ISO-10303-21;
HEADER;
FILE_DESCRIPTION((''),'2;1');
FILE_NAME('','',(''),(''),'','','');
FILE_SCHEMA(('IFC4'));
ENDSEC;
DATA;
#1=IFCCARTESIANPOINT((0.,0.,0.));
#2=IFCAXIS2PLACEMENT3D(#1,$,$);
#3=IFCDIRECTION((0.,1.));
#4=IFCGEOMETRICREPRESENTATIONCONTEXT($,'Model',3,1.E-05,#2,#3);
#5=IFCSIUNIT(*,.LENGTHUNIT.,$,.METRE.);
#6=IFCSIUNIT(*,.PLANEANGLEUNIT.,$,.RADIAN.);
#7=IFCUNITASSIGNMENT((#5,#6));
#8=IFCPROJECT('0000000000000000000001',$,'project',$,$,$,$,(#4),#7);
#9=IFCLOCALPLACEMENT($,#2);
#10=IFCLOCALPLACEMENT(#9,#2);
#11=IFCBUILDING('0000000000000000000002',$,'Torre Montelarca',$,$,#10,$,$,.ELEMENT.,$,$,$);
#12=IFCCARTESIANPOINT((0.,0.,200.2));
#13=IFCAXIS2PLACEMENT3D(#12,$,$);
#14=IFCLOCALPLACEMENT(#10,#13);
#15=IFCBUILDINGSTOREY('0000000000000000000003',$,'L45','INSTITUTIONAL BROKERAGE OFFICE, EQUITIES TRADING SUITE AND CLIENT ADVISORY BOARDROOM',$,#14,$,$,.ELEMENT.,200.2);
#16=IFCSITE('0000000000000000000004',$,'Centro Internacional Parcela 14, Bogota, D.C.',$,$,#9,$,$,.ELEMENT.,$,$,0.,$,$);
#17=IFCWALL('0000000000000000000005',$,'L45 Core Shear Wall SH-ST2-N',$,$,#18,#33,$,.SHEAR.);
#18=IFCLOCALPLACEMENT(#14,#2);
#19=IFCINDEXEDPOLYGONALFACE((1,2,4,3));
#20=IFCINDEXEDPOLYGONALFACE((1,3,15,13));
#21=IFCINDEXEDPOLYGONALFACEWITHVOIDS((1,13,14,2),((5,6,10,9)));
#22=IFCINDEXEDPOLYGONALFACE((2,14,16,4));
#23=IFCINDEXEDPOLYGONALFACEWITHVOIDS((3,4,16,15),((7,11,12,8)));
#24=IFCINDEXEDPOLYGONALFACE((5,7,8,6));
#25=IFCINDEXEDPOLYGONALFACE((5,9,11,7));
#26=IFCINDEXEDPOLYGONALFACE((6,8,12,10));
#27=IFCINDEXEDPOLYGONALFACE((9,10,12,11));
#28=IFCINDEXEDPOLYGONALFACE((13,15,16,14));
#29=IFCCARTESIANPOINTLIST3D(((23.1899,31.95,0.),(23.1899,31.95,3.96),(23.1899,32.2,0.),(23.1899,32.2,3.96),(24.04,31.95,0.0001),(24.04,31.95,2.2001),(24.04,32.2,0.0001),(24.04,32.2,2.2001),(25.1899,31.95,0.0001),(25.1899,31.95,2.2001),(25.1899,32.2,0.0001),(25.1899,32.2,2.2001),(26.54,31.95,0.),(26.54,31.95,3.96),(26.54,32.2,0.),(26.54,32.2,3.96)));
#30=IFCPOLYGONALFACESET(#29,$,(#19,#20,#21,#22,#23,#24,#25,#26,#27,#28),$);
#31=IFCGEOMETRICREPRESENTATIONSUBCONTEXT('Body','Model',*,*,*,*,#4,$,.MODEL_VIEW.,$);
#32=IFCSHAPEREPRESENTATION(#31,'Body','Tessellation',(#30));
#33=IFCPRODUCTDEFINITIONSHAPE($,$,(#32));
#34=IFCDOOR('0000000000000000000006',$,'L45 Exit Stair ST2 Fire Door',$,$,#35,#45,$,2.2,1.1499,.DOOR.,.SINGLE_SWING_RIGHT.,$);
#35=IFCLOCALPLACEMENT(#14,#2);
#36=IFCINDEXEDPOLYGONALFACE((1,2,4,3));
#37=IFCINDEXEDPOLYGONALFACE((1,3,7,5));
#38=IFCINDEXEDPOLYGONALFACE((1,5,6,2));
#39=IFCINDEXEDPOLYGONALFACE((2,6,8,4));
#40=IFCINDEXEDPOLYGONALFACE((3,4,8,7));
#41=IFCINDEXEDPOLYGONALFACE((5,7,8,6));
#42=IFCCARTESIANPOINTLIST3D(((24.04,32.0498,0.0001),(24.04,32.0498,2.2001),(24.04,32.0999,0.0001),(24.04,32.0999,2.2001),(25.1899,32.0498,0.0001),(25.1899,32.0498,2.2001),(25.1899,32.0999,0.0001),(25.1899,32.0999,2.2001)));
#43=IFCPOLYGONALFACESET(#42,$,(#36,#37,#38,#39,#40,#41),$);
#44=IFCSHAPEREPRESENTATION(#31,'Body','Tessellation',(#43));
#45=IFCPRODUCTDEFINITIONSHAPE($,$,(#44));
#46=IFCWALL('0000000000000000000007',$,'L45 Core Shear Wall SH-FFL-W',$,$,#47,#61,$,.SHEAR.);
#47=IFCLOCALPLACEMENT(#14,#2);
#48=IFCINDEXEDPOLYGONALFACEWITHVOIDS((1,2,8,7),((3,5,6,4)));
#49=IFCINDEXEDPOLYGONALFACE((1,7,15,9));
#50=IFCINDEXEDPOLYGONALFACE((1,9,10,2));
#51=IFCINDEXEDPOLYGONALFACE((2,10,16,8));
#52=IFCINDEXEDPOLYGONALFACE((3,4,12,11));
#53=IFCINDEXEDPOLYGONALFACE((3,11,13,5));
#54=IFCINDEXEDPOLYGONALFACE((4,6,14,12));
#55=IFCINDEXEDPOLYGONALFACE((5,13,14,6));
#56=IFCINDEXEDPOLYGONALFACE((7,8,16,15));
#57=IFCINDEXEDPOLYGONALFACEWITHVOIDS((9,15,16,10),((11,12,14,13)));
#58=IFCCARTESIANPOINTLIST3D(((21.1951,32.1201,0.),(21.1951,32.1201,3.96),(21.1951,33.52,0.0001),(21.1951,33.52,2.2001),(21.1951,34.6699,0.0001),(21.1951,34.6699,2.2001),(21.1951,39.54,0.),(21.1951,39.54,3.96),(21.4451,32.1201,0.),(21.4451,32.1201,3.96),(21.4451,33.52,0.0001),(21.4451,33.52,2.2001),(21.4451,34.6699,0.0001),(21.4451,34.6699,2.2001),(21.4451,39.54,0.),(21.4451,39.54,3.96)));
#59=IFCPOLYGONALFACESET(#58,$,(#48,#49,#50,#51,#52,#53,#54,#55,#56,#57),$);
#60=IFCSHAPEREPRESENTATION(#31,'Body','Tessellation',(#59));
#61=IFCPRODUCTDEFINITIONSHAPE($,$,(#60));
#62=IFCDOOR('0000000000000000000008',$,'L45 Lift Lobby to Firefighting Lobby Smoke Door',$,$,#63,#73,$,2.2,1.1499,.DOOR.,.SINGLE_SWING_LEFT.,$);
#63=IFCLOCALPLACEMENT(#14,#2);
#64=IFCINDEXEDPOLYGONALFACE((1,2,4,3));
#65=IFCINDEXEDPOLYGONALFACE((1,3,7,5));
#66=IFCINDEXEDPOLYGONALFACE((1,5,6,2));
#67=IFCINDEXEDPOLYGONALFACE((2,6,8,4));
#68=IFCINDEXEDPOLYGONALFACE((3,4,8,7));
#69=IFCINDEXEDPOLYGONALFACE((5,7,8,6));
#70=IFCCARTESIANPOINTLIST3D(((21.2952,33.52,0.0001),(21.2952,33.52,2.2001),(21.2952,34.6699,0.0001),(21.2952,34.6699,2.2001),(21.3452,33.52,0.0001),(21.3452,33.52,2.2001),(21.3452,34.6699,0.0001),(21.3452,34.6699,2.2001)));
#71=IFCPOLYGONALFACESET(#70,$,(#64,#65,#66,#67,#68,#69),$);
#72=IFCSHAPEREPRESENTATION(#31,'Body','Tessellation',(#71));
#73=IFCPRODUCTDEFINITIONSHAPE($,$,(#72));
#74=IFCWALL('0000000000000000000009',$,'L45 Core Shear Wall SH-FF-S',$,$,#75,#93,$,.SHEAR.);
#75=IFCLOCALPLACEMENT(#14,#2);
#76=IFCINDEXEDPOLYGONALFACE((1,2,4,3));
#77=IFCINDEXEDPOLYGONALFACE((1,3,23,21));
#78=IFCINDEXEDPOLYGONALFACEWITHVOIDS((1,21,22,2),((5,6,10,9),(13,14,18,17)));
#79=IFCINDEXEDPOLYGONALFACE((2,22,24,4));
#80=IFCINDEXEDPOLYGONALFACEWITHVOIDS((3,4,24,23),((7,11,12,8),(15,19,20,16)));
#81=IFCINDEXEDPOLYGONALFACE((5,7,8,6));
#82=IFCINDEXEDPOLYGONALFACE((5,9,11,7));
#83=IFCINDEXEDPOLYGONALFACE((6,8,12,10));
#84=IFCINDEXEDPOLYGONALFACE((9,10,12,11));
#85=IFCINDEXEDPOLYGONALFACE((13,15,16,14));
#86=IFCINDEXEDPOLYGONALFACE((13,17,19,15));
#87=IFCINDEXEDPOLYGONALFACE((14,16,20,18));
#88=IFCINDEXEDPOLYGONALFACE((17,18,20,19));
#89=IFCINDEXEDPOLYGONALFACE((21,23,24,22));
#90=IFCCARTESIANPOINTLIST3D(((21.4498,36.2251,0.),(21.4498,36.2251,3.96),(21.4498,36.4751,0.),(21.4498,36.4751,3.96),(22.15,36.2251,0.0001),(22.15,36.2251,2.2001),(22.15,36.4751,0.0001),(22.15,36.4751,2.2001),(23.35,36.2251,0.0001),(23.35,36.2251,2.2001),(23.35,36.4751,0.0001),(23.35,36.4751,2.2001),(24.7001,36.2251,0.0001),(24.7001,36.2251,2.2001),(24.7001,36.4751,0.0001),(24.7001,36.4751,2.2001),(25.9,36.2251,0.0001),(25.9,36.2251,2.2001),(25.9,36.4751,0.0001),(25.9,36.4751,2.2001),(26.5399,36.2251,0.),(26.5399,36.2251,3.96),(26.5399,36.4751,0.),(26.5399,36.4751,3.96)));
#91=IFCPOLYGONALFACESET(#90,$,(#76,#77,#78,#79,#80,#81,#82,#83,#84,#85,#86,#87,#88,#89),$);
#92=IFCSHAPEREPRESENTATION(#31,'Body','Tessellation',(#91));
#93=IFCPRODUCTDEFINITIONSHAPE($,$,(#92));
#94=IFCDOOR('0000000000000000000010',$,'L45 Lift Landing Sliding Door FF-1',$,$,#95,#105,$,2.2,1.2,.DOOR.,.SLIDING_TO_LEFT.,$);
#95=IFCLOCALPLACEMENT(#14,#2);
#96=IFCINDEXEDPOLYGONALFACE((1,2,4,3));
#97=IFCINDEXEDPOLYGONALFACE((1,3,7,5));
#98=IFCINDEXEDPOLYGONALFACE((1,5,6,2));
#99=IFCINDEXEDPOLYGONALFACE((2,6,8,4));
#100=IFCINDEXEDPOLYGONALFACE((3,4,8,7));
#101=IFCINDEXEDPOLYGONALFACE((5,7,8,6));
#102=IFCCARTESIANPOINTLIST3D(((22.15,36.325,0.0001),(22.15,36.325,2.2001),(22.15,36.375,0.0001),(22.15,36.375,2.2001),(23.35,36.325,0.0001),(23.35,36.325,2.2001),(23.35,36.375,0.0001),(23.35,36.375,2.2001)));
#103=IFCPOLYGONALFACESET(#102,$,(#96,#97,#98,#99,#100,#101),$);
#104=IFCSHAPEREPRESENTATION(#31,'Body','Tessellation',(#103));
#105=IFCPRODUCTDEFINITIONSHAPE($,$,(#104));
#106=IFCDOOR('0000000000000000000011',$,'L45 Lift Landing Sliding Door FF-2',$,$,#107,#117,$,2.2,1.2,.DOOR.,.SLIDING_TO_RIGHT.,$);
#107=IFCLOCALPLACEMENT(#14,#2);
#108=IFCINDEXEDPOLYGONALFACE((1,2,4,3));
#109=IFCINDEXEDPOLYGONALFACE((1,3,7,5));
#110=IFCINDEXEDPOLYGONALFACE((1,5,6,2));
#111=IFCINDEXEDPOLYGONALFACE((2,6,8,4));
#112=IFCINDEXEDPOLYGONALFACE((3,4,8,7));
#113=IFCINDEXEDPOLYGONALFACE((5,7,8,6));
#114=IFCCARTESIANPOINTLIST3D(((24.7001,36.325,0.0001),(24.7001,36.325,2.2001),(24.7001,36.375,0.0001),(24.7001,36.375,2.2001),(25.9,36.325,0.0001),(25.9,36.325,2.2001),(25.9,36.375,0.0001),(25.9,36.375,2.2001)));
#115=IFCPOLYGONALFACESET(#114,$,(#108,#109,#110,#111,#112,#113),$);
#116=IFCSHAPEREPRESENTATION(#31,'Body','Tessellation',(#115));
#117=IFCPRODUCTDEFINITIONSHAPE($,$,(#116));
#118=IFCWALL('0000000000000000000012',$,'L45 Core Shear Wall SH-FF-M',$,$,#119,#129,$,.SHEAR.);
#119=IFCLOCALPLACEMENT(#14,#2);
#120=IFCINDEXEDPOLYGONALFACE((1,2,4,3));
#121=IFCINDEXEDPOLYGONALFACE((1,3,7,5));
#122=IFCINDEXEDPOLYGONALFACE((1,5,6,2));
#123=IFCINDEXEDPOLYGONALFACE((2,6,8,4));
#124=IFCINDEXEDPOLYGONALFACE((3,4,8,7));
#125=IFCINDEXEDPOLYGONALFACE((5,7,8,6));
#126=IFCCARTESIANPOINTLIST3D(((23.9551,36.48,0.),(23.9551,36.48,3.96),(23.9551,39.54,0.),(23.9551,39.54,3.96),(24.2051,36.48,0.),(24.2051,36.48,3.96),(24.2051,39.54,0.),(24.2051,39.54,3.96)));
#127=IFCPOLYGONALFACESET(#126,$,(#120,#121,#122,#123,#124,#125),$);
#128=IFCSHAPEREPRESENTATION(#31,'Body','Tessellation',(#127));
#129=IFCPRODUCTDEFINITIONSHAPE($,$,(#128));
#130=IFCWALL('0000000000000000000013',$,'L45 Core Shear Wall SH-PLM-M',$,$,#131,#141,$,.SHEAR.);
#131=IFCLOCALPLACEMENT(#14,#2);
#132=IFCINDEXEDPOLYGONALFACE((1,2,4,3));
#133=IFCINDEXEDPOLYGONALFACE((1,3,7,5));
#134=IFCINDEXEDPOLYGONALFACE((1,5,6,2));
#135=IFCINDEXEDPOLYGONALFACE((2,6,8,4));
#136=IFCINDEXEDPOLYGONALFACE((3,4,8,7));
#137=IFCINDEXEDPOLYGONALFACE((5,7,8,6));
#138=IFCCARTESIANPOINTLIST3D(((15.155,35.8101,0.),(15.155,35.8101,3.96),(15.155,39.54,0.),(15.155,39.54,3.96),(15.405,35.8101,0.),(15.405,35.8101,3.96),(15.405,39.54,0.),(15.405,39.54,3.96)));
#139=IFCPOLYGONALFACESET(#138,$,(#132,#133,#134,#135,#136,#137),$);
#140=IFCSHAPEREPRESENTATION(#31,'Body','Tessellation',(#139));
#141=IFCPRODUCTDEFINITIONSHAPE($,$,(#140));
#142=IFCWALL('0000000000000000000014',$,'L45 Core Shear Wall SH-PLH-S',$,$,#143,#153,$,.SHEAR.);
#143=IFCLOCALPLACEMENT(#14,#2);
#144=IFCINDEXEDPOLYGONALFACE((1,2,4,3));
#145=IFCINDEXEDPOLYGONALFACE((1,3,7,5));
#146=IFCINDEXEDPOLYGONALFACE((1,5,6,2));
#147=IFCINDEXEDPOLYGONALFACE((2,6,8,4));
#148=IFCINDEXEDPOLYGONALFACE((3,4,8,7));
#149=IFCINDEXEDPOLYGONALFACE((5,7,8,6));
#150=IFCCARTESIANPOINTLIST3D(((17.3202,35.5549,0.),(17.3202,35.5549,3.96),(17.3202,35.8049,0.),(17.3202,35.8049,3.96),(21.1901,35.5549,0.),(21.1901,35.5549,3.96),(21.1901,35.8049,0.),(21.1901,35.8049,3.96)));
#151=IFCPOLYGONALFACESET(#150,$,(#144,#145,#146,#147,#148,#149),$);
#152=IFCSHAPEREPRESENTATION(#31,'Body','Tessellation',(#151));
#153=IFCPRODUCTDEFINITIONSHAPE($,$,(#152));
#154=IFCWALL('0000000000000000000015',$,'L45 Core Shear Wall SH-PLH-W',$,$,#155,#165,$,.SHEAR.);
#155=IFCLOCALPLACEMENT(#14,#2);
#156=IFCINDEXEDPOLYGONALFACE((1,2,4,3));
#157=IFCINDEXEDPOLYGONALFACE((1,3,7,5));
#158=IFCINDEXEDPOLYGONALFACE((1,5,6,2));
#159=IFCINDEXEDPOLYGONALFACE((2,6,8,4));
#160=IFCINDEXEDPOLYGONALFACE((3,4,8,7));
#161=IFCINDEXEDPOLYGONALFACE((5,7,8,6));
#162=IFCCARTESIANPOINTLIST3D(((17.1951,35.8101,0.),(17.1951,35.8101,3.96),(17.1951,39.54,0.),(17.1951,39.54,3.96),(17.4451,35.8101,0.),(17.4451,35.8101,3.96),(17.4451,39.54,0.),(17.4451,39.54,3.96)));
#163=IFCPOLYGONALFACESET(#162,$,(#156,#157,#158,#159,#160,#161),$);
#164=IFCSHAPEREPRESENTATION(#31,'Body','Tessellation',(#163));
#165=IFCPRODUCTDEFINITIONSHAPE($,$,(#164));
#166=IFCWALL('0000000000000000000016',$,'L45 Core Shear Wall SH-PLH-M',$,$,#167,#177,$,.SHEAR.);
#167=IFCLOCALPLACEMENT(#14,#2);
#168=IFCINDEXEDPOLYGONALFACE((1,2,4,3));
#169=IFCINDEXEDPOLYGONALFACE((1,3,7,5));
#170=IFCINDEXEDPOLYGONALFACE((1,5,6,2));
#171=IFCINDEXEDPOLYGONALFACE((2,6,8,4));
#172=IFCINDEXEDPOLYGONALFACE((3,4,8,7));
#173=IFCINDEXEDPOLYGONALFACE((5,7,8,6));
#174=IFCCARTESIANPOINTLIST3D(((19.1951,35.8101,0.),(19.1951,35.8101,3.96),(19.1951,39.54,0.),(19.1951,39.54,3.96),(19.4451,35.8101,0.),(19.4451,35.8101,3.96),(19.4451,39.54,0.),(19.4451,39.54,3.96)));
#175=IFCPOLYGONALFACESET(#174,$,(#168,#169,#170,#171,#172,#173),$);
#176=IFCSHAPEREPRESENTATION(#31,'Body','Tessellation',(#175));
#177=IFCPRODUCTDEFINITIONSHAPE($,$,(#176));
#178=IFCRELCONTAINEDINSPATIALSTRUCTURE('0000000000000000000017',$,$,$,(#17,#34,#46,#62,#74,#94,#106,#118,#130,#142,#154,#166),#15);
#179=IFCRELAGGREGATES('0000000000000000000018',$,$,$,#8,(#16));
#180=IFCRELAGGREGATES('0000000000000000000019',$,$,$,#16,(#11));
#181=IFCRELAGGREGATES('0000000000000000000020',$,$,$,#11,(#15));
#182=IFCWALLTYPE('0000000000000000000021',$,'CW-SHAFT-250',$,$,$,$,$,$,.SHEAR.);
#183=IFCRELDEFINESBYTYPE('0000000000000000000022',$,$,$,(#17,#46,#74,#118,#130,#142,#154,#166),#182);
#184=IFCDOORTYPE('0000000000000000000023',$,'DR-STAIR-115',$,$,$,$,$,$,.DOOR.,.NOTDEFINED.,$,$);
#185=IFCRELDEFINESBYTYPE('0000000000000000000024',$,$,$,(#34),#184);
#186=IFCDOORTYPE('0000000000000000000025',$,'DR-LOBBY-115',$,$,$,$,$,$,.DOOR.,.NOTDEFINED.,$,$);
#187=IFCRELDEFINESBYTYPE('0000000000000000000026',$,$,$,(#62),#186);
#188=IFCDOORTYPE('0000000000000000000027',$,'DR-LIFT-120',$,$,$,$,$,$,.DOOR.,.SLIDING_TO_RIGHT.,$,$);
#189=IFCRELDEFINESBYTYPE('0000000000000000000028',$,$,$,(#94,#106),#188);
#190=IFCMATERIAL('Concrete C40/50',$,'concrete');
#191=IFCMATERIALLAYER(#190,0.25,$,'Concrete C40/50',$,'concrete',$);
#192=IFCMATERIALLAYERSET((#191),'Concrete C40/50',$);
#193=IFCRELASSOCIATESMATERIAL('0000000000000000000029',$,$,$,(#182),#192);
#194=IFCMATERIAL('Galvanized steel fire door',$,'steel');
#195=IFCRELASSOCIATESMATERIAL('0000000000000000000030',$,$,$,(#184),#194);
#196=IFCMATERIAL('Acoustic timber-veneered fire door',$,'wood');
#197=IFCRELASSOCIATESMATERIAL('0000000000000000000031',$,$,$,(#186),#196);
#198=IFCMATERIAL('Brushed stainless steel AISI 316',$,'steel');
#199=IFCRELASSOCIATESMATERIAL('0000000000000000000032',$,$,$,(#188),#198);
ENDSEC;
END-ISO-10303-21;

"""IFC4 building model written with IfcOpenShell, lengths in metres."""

from ifc_helpers import new_model, si_unit, direction, frame, frame_2d, origin, place, context, subcontext, project, spatial, rectangle, extrude, source, transform, mapped, material, layer, layer_set, type_object, element, fill, save


model = new_model("IFC4")

# Units and contexts
model_context = context("Model", 3, precision=1e-05, world=origin(), true_north=direction((0.0, 1.0)))
body_context = subcontext(model_context, "Body", "Model", "MODEL_VIEW")
ifc_project = project(units=[si_unit("LENGTHUNIT", "METRE"), si_unit("PLANEANGLEUNIT", "RADIAN")], contexts=[model_context])

# Site, building, storey
site_placement = place(None, origin())
site = spatial("IfcSite", under=ifc_project, at=site_placement, Name="Centro Internacional Parcela 14, Bogota, D.C.", CompositionType="ELEMENT", RefElevation=0.0)
building_placement = place(site_placement, origin())
building = spatial("IfcBuilding", under=site, at=building_placement, Name="Torre Montelarca", CompositionType="ELEMENT")
storey_placement = place(building_placement, frame((0.0, 0.0, 200.2)))
storey = spatial("IfcBuildingStorey", under=building, at=storey_placement, Name="L45", Description="INSTITUTIONAL BROKERAGE OFFICE, EQUITIES TRADING SUITE AND CLIENT ADVISORY BOARDROOM", CompositionType="ELEMENT", Elevation=200.2)

# Walls, openings, doors
ifc_material_1 = material(Name="Concrete C40/50", Category="concrete")
ifc_layer_1 = layer(ifc_material_1, 0.25, Name="Concrete C40/50", Category="concrete")
ifc_layer_set_1 = layer_set([ifc_layer_1], Name="Concrete C40/50")
wall_type_1 = type_object("IfcWallType", Name="CW-SHAFT-250", PredefinedType="SHEAR", material=ifc_layer_set_1)
wall_1_placement = place(storey_placement, frame((23.1899, 32.075, 0.0), z_axis=(0.0, 0.0, 1.0), x_axis=(1.0, 0.0, 0.0)))
wall_1 = element("IfcWall", 1, at=wall_1_placement, inside=storey, type_object=wall_type_1, Name="L45 Core Shear Wall SH-ST2-N", PredefinedType="SHEAR", context=body_context, shape_type="SweptSolid", body=[
    extrude(rectangle(XDim=3.3501, YDim=0.25, at=frame_2d((1.675, 0.0))), origin(), (0.0, 0.0, 1.0), 3.96),
])
opening_1_placement = place(wall_1_placement, frame((0.8501, 0.0, 0.0)))
opening_1 = element("IfcOpeningElement", 2, at=opening_1_placement, cuts=wall_1, PredefinedType="OPENING", context=body_context, shape_type="SweptSolid", body=[
    extrude(rectangle(XDim=1.1499, YDim=2.2, at=frame_2d((0.575, 1.1001))), frame((0.0, 0.135, 0.0), z_axis=(0.0, -1.0, 0.0), x_axis=(1.0, 0.0, 0.0)), (0.0, 0.0, 1.0), 0.27),
])
ifc_material_2 = material(Name="Galvanized steel fire door", Category="steel")
door_type_1 = type_object("IfcDoorType", Name="DR-STAIR-115", OperationType="NOTDEFINED", PredefinedType="DOOR", material=ifc_material_2)
shared_shape_1 = source(origin(), body_context, "Body", "SweptSolid", [
    extrude(rectangle(XDim=1.1499, YDim=2.2, at=frame_2d((0.575, 1.1001))), frame((0.0, 0.0249, 0.0), z_axis=(0.0, -1.0, 0.0), x_axis=(1.0, 0.0, 0.0)), (0.0, 0.0, 1.0), 0.05),
])
door_1_placement = place(opening_1_placement, origin())
door_1 = element("IfcDoor", 3, at=door_1_placement, inside=storey, type_object=door_type_1, Name="L45 Exit Stair ST2 Fire Door", OperationType="SINGLE_SWING_RIGHT", OverallHeight=2.2, OverallWidth=1.1499, PredefinedType="DOOR", context=body_context, shape_type="MappedRepresentation", body=[
    mapped(shared_shape_1, transform((0.0, 0.0, 0.0), scale=1.0)),
])
fill(opening_1, door_1)
wall_2_placement = place(storey_placement, frame((21.3201, 32.1201, 0.0), z_axis=(0.0, 0.0, 1.0), x_axis=(0.0, 1.0, 0.0)))
wall_2 = element("IfcWall", 4, at=wall_2_placement, inside=storey, type_object=wall_type_1, Name="L45 Core Shear Wall SH-FFL-W", PredefinedType="SHEAR", context=body_context, shape_type="SweptSolid", body=[
    extrude(rectangle(XDim=7.4199, YDim=0.25, at=frame_2d((3.71, 0.0))), origin(), (0.0, 0.0, 1.0), 3.96),
])
opening_2_placement = place(wall_2_placement, frame((1.3999, 0.0, 0.0)))
opening_2 = element("IfcOpeningElement", 5, at=opening_2_placement, cuts=wall_2, PredefinedType="OPENING", context=body_context, shape_type="SweptSolid", body=[
    extrude(rectangle(XDim=1.1499, YDim=2.2, at=frame_2d((0.575, 1.1001))), frame((0.0, 0.135, 0.0), z_axis=(0.0, -1.0, 0.0), x_axis=(1.0, 0.0, 0.0)), (0.0, 0.0, 1.0), 0.27),
])
ifc_material_3 = material(Name="Acoustic timber-veneered fire door", Category="wood")
door_type_2 = type_object("IfcDoorType", Name="DR-LOBBY-115", OperationType="NOTDEFINED", PredefinedType="DOOR", material=ifc_material_3)
shared_shape_2 = source(origin(), body_context, "Body", "SweptSolid", [
    extrude(rectangle(XDim=1.1499, YDim=2.2, at=frame_2d((0.575, 1.1001))), frame((0.0, 0.0249, 0.0), z_axis=(0.0, -1.0, 0.0), x_axis=(1.0, 0.0, 0.0)), (0.0, 0.0, 1.0), 0.05),
])
door_2_placement = place(opening_2_placement, origin())
door_2 = element("IfcDoor", 6, at=door_2_placement, inside=storey, type_object=door_type_2, Name="L45 Lift Lobby to Firefighting Lobby Smoke Door", OperationType="SINGLE_SWING_LEFT", OverallHeight=2.2, OverallWidth=1.1499, PredefinedType="DOOR", context=body_context, shape_type="MappedRepresentation", body=[
    mapped(shared_shape_2, transform((0.0, 0.0, 0.0), scale=1.0)),
])
fill(opening_2, door_2)

# Wall, openings, doors
wall_3_placement = place(storey_placement, frame((21.45, 36.3501, 0.0), z_axis=(0.0, 0.0, 1.0), x_axis=(1.0, 0.0, 0.0)))
wall_3 = element("IfcWall", 7, at=wall_3_placement, inside=storey, type_object=wall_type_1, Name="L45 Core Shear Wall SH-FF-S", PredefinedType="SHEAR", context=body_context, shape_type="SweptSolid", body=[
    extrude(rectangle(XDim=5.0901, YDim=0.25, at=frame_2d((2.5449, 0.0))), origin(), (0.0, 0.0, 1.0), 3.96),
])
opening_3_placement = place(wall_3_placement, frame((0.7, 0.0, 0.0)))
opening_3 = element("IfcOpeningElement", 8, at=opening_3_placement, cuts=wall_3, PredefinedType="OPENING", context=body_context, shape_type="SweptSolid", body=[
    extrude(rectangle(XDim=1.2, YDim=2.2, at=frame_2d((0.6001, 1.1001))), frame((0.0, 0.135, 0.0), z_axis=(0.0, -1.0, 0.0), x_axis=(1.0, 0.0, 0.0)), (0.0, 0.0, 1.0), 0.27),
])
opening_4_placement = place(wall_3_placement, frame((3.25, 0.0, 0.0)))
opening_4 = element("IfcOpeningElement", 9, at=opening_4_placement, cuts=wall_3, PredefinedType="OPENING", context=body_context, shape_type="SweptSolid", body=[
    extrude(rectangle(XDim=1.2, YDim=2.2, at=frame_2d((0.6001, 1.1001))), frame((0.0, 0.135, 0.0), z_axis=(0.0, -1.0, 0.0), x_axis=(1.0, 0.0, 0.0)), (0.0, 0.0, 1.0), 0.27),
])
ifc_material_4 = material(Name="Brushed stainless steel AISI 316", Category="steel")
door_type_3 = type_object("IfcDoorType", Name="DR-LIFT-120", OperationType="SLIDING_TO_RIGHT", PredefinedType="DOOR", material=ifc_material_4)
shared_shape_3 = source(origin(), body_context, "Body", "SweptSolid", [
    extrude(rectangle(XDim=1.2, YDim=2.2, at=frame_2d((0.6001, 1.1001))), frame((0.0, 0.0249, 0.0), z_axis=(0.0, -1.0, 0.0), x_axis=(1.0, 0.0, 0.0)), (0.0, 0.0, 1.0), 0.05),
])
door_3_placement = place(opening_3_placement, origin())
door_3 = element("IfcDoor", 10, at=door_3_placement, inside=storey, type_object=door_type_3, Name="L45 Lift Landing Sliding Door FF-1", OperationType="SLIDING_TO_LEFT", OverallHeight=2.2, OverallWidth=1.2, PredefinedType="DOOR", context=body_context, shape_type="MappedRepresentation", body=[
    mapped(shared_shape_3, transform((0.0, 0.0, 0.0), scale=1.0)),
])
fill(opening_3, door_3)
door_4_placement = place(opening_4_placement, origin())
door_4 = element("IfcDoor", 11, at=door_4_placement, inside=storey, type_object=door_type_3, Name="L45 Lift Landing Sliding Door FF-2", OperationType="SLIDING_TO_RIGHT", OverallHeight=2.2, OverallWidth=1.2, PredefinedType="DOOR", context=body_context, shape_type="MappedRepresentation", body=[
    mapped(shared_shape_3, transform((0.0, 0.0, 0.0), scale=1.0)),
])
fill(opening_4, door_4)

# Walls
wall_4_placement = place(storey_placement, frame((24.0801, 36.48, 0.0), z_axis=(0.0, 0.0, 1.0), x_axis=(0.0, 1.0, 0.0)))
element("IfcWall", 12, at=wall_4_placement, inside=storey, type_object=wall_type_1, Name="L45 Core Shear Wall SH-FF-M", PredefinedType="SHEAR", context=body_context, shape_type="SweptSolid", body=[
    extrude(rectangle(XDim=3.0601, YDim=0.25, at=frame_2d((1.53, 0.0))), origin(), (0.0, 0.0, 1.0), 3.96),
])
wall_5_placement = place(storey_placement, frame((15.28, 35.8101, 0.0), z_axis=(0.0, 0.0, 1.0), x_axis=(0.0, 1.0, 0.0)))
element("IfcWall", 13, at=wall_5_placement, inside=storey, type_object=wall_type_1, Name="L45 Core Shear Wall SH-PLM-M", PredefinedType="SHEAR", context=body_context, shape_type="SweptSolid", body=[
    extrude(rectangle(XDim=3.73, YDim=0.25, at=frame_2d((1.865, 0.0))), origin(), (0.0, 0.0, 1.0), 3.96),
])
wall_6_placement = place(storey_placement, frame((17.3201, 35.6799, 0.0), z_axis=(0.0, 0.0, 1.0), x_axis=(1.0, 0.0, 0.0)))
element("IfcWall", 14, at=wall_6_placement, inside=storey, type_object=wall_type_1, Name="L45 Core Shear Wall SH-PLH-S", PredefinedType="SHEAR", context=body_context, shape_type="SweptSolid", body=[
    extrude(rectangle(XDim=3.8699, YDim=0.25, at=frame_2d((1.9351, 0.0))), origin(), (0.0, 0.0, 1.0), 3.96),
])
for number, where, z_axis, x_axis, name in (
    (15, (17.3201, 35.8101, 0.0), (0.0, 0.0, 1.0), (0.0, 1.0, 0.0), "L45 Core Shear Wall SH-PLH-W"),
    (16, (19.3201, 35.8101, 0.0), (0.0, 0.0, 1.0), (0.0, 1.0, 0.0), "L45 Core Shear Wall SH-PLH-M"),
):
    element("IfcWall", number, at=place(storey_placement, frame(where, z_axis=z_axis, x_axis=x_axis)), inside=storey, type_object=wall_type_1, Name=name, PredefinedType="SHEAR", context=body_context, shape_type="SweptSolid", body=[
        extrude(rectangle(XDim=3.73, YDim=0.25, at=frame_2d((1.865, 0.0))), origin(), (0.0, 0.0, 1.0), 3.96),
    ])

save(model, "model.ifc")
